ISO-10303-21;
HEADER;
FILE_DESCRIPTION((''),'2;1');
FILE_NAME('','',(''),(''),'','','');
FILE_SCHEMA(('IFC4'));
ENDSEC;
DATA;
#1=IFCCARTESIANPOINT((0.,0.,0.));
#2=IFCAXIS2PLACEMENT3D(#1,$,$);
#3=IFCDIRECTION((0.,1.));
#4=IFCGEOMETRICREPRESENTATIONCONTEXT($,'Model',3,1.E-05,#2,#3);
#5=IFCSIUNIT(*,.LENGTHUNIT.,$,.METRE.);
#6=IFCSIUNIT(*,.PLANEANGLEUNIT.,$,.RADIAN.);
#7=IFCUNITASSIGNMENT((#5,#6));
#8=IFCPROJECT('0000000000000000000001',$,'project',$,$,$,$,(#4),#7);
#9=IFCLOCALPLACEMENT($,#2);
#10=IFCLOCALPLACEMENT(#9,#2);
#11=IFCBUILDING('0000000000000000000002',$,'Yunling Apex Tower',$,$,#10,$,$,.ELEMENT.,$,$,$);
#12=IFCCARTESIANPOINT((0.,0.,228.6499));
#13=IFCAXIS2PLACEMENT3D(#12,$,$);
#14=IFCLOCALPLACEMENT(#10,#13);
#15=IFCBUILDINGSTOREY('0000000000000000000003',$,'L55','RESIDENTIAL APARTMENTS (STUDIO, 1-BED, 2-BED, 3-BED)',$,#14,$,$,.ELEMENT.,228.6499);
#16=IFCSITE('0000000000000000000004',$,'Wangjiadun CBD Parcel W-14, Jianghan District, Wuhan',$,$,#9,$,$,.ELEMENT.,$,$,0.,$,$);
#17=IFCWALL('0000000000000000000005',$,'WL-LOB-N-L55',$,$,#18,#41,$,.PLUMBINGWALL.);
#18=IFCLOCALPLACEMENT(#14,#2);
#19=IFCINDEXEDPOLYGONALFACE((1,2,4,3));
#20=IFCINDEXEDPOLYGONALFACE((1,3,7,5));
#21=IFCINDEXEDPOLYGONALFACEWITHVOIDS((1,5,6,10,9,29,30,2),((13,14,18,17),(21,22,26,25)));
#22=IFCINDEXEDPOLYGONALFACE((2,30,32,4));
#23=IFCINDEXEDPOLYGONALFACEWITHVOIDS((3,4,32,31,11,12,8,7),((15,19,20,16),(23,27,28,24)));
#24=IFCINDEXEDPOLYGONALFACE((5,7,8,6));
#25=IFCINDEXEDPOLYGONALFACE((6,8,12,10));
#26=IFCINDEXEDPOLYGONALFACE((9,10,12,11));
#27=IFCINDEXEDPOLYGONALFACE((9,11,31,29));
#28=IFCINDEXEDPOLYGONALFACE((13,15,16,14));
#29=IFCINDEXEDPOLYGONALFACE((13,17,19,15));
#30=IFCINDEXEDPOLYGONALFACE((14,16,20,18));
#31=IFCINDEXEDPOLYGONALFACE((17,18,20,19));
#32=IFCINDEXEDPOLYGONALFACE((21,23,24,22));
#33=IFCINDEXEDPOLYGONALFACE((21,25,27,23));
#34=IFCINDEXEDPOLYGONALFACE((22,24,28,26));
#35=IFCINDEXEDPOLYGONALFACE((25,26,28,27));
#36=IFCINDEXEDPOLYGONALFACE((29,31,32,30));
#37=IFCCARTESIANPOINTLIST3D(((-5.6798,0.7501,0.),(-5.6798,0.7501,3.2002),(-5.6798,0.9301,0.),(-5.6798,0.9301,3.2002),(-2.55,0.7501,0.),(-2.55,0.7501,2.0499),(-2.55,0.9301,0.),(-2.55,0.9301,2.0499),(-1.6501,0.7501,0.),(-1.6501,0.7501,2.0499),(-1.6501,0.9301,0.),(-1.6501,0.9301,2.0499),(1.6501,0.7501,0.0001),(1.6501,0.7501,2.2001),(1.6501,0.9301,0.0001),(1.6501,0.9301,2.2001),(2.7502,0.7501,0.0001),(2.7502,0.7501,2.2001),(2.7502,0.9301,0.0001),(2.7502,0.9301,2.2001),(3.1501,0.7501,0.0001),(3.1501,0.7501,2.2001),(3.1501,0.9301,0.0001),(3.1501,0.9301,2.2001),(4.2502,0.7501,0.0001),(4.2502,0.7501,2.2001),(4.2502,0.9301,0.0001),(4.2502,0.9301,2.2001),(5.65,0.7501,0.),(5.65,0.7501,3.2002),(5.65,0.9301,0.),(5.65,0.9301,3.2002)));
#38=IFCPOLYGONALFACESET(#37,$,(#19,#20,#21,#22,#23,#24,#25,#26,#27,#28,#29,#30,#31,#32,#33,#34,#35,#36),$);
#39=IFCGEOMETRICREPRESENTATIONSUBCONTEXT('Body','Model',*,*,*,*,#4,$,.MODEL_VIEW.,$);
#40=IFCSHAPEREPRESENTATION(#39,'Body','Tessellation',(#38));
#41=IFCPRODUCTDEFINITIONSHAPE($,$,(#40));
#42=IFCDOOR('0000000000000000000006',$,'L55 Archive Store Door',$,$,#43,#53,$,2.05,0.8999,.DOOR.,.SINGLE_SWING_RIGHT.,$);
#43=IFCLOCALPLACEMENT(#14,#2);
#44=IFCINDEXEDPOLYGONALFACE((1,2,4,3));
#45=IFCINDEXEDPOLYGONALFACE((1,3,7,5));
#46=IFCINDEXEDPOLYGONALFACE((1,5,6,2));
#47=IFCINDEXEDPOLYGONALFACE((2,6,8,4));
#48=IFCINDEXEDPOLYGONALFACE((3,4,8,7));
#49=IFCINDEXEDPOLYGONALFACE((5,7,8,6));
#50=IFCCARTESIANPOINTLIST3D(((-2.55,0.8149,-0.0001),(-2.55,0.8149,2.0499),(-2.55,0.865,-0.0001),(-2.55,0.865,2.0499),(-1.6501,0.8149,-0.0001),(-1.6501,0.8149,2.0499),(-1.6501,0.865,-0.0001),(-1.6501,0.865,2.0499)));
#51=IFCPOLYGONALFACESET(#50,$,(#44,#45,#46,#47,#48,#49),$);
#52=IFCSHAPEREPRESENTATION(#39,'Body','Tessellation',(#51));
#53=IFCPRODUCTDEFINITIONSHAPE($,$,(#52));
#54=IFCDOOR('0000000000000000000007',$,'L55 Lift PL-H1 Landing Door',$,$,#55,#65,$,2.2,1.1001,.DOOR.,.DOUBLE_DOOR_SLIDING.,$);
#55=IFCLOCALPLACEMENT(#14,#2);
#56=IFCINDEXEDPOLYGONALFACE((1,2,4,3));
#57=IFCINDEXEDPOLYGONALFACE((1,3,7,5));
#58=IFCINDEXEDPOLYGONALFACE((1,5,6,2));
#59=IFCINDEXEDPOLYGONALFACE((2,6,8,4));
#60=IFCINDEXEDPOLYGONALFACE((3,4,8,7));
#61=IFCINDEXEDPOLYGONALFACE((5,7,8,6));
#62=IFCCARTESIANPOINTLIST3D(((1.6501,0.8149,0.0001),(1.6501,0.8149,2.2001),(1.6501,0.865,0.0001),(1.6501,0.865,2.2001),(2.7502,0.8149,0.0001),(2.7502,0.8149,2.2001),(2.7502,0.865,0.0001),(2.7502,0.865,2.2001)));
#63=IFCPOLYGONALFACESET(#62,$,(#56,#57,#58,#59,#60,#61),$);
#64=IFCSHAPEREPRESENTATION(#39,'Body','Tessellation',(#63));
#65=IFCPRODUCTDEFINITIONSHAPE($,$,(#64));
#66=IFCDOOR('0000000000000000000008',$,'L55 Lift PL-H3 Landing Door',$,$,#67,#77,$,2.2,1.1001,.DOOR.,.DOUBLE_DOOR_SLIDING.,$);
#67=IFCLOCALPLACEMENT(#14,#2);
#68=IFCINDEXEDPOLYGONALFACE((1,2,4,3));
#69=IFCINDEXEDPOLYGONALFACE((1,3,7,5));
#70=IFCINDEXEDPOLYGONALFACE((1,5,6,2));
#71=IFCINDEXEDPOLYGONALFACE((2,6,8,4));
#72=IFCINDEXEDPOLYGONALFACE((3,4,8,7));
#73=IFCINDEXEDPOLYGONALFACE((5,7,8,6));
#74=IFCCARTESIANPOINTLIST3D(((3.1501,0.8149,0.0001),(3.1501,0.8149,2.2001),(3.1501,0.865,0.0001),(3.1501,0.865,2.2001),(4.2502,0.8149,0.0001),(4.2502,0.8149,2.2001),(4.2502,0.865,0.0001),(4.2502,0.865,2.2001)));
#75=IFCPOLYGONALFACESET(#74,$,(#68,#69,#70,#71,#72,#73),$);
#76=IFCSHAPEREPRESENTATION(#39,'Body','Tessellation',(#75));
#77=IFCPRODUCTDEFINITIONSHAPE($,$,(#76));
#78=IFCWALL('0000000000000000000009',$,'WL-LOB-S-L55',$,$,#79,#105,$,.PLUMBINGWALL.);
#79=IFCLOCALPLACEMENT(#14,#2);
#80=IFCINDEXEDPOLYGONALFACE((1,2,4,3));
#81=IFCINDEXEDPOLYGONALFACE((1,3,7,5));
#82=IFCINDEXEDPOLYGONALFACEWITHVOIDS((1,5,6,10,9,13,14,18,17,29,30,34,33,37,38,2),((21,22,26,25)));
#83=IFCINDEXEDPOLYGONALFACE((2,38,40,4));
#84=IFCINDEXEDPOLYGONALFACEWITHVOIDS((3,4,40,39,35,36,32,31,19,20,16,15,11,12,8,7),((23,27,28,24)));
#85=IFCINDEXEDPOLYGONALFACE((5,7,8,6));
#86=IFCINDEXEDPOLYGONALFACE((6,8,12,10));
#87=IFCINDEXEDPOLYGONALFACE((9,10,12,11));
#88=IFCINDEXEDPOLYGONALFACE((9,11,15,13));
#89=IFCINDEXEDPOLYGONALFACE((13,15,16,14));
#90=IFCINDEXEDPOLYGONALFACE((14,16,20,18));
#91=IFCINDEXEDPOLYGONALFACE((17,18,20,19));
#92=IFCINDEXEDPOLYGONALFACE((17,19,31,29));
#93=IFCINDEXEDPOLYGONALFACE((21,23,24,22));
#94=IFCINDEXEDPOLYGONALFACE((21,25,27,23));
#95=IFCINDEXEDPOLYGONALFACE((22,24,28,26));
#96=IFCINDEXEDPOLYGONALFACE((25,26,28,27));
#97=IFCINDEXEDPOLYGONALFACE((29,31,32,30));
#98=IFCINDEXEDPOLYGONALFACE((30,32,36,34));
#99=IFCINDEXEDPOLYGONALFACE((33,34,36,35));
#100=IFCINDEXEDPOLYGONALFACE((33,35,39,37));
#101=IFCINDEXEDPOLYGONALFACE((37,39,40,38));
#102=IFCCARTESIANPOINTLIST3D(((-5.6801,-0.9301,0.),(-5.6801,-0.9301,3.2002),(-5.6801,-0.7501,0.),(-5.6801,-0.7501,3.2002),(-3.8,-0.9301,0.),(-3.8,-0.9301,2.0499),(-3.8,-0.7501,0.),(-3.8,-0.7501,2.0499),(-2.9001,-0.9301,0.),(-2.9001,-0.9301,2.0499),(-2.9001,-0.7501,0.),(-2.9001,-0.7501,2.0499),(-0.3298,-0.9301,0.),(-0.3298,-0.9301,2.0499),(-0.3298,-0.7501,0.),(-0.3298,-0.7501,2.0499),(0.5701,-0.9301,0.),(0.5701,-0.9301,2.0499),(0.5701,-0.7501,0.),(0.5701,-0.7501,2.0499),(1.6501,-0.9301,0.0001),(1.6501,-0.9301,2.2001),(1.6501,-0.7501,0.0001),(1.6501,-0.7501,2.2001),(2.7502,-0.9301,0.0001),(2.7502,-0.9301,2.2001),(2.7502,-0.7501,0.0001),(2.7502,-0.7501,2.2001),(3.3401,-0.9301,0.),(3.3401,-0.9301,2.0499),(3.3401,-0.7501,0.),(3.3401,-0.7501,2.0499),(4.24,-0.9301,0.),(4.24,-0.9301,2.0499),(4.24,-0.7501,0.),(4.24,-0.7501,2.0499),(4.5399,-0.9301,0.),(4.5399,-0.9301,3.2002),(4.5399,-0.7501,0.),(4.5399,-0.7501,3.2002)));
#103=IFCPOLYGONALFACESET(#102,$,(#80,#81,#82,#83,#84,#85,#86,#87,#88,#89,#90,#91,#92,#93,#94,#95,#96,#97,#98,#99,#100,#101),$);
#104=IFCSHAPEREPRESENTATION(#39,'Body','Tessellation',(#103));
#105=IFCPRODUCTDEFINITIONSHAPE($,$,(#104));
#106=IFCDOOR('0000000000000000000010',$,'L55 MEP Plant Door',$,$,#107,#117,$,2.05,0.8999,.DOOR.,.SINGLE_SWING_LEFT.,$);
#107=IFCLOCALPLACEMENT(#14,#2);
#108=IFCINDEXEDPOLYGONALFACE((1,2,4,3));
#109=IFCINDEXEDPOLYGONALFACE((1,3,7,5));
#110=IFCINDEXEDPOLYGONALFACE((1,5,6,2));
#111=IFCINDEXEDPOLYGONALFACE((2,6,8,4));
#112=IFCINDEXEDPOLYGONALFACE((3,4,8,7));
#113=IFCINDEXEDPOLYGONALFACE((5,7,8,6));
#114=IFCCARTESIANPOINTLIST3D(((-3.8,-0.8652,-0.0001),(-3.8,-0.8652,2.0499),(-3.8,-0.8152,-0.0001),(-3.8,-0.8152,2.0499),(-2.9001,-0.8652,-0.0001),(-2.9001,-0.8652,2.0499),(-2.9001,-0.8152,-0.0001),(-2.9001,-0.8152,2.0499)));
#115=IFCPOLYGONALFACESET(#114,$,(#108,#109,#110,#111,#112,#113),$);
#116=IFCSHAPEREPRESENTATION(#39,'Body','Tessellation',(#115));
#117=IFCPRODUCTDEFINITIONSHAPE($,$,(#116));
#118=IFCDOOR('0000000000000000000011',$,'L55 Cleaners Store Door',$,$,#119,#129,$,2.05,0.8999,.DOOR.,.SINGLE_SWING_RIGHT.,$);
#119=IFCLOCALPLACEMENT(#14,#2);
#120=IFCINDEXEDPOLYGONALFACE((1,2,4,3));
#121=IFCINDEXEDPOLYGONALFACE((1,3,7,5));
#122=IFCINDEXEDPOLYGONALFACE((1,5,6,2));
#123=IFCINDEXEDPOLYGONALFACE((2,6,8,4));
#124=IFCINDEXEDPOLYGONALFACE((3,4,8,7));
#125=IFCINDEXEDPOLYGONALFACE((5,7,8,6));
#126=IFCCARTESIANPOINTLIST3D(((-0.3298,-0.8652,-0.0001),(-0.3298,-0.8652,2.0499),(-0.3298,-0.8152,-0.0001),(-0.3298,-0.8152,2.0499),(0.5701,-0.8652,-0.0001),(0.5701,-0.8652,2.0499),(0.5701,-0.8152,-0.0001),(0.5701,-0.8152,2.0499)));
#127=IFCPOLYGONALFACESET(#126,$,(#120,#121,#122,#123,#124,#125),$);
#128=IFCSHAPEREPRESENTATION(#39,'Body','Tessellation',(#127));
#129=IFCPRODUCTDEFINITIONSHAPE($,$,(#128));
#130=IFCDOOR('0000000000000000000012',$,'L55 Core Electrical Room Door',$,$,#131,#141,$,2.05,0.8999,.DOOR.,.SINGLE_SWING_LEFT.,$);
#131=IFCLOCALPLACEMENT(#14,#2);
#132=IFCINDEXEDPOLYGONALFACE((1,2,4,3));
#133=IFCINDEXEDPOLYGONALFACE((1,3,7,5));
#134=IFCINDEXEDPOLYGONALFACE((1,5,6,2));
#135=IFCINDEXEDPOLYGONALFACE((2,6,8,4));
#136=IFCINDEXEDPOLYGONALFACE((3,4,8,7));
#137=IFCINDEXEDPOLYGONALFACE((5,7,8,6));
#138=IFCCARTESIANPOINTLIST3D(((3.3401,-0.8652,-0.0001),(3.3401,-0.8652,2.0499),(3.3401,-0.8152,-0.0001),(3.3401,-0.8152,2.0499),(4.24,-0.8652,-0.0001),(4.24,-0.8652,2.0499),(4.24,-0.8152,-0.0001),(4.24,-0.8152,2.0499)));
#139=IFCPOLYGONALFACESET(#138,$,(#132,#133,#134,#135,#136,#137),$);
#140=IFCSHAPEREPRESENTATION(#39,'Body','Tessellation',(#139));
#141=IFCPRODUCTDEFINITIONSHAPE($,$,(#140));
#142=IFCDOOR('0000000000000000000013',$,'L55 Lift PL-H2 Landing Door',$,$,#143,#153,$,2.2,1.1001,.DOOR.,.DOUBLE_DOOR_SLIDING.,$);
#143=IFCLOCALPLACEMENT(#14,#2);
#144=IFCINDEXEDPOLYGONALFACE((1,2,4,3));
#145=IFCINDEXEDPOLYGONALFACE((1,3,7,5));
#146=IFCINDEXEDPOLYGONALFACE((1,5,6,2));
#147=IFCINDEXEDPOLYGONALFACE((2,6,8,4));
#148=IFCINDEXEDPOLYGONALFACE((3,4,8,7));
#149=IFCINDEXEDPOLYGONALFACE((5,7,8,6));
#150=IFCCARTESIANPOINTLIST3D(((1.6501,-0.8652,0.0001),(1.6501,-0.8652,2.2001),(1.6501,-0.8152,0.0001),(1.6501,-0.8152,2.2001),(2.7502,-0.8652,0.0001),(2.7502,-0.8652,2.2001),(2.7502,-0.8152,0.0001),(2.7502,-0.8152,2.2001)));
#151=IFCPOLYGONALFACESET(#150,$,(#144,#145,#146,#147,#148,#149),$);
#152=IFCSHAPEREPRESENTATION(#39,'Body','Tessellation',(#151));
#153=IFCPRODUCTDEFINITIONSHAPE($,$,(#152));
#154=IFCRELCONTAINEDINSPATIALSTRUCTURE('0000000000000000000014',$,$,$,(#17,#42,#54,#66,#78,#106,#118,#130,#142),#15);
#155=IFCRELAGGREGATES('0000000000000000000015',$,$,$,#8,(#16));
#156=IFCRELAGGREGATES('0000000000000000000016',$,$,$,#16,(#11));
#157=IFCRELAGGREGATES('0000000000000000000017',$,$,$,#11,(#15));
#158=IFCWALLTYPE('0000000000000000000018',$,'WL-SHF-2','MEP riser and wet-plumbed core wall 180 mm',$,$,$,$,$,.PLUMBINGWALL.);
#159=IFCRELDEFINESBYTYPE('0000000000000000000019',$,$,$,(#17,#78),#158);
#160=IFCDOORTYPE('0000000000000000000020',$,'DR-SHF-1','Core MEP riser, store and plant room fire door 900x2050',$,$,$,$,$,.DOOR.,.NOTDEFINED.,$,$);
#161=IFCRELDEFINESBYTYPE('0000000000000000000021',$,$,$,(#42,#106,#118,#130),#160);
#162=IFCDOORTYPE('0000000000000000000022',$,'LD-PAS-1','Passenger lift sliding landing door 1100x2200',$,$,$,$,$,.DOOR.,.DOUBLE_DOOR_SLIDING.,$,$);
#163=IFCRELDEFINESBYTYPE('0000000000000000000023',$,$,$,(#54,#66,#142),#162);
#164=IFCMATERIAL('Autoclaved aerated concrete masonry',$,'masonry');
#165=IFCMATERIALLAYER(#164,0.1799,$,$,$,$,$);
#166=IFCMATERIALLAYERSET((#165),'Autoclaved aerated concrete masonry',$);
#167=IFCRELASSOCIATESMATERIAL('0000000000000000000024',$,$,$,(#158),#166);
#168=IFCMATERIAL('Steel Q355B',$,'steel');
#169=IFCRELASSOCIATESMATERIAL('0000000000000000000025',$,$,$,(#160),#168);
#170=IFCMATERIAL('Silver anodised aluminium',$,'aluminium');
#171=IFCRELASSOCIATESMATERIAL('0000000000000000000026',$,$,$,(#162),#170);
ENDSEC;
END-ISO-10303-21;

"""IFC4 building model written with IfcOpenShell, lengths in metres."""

from ifc_helpers import new_model, si_unit, direction, frame, frame_2d, origin, place, context, subcontext, project, spatial, rectangle, extrude, material, layer, layer_set, type_object, element, fill, save


model = new_model("IFC4")

# Units and contexts
model_context = context("Model", 3, precision=1e-05, world=origin(), true_north=direction((0.0, 1.0)))
body_context = subcontext(model_context, "Body", "Model", "MODEL_VIEW")
ifc_project = project(units=[si_unit("LENGTHUNIT", "METRE"), si_unit("PLANEANGLEUNIT", "RADIAN")], contexts=[model_context])

# Site, building, storey
site_placement = place(None, origin())
site = spatial("IfcSite", under=ifc_project, at=site_placement, Name="Wangjiadun CBD Parcel W-14, Jianghan District, Wuhan", CompositionType="ELEMENT", RefElevation=0.0)
building_placement = place(site_placement, origin())
building = spatial("IfcBuilding", under=site, at=building_placement, Name="Yunling Apex Tower", CompositionType="ELEMENT")
storey_placement = place(building_placement, frame((0.0, 0.0, 228.6499)))
storey = spatial("IfcBuildingStorey", under=building, at=storey_placement, Name="L55", Description="RESIDENTIAL APARTMENTS (STUDIO, 1-BED, 2-BED, 3-BED)", CompositionType="ELEMENT", Elevation=228.6499)

# Shared definitions
ifc_material_1 = material(Name="Steel Q355B", Category="steel")

# Shared definitions
ifc_material_2 = material(Name="Autoclaved aerated concrete masonry", Category="masonry")

# Walls, openings, doors
ifc_layer_1 = layer(ifc_material_2, 0.1799)
ifc_layer_set_1 = layer_set([ifc_layer_1], Name="Autoclaved aerated concrete masonry")
wall_type_1 = type_object("IfcWallType", Name="WL-SHF-2", Description="MEP riser and wet-plumbed core wall 180 mm", PredefinedType="PLUMBINGWALL", material=ifc_layer_set_1)
wall_1_placement = place(storey_placement, frame((-5.6799, 0.8401, 0.0), z_axis=(0.0, 0.0, 1.0), x_axis=(1.0, 0.0, 0.0)))
wall_1 = element("IfcWall", 1, at=wall_1_placement, inside=storey, type_object=wall_type_1, Name="WL-LOB-N-L55", PredefinedType="PLUMBINGWALL", context=body_context, shape_type="SweptSolid", body=[
    extrude(rectangle(XDim=11.3298, YDim=0.1799, at=frame_2d((5.665, 0.0))), origin(), (0.0, 0.0, 1.0), 3.2002),
])
opening_1_placement = place(wall_1_placement, frame((3.1299, 0.0, 0.0)))
opening_1 = element("IfcOpeningElement", 2, at=opening_1_placement, cuts=wall_1, PredefinedType="OPENING", context=body_context, shape_type="SweptSolid", body=[
    extrude(rectangle(XDim=0.8999, YDim=2.05, at=frame_2d((0.45, 1.0249))), frame((0.0, 0.1001, 0.0), z_axis=(0.0, -1.0, 0.0), x_axis=(1.0, 0.0, 0.0)), (0.0, 0.0, 1.0), 0.2),
])
opening_2_placement = place(wall_1_placement, frame((7.3301, 0.0, 0.0)))
opening_2 = element("IfcOpeningElement", 3, at=opening_2_placement, cuts=wall_1, PredefinedType="OPENING", context=body_context, shape_type="SweptSolid", body=[
    extrude(rectangle(XDim=1.1001, YDim=2.2, at=frame_2d((0.55, 1.1001))), frame((0.0, 0.1001, 0.0), z_axis=(0.0, -1.0, 0.0), x_axis=(1.0, 0.0, 0.0)), (0.0, 0.0, 1.0), 0.2),
])
opening_3_placement = place(wall_1_placement, frame((8.8301, 0.0, 0.0)))
opening_3 = element("IfcOpeningElement", 4, at=opening_3_placement, cuts=wall_1, PredefinedType="OPENING", context=body_context, shape_type="SweptSolid", body=[
    extrude(rectangle(XDim=1.1001, YDim=2.2, at=frame_2d((0.55, 1.1001))), frame((0.0, 0.1001, 0.0), z_axis=(0.0, -1.0, 0.0), x_axis=(1.0, 0.0, 0.0)), (0.0, 0.0, 1.0), 0.2),
])
door_type_1 = type_object("IfcDoorType", Name="DR-SHF-1", Description="Core MEP riser, store and plant room fire door 900x2050", OperationType="NOTDEFINED", PredefinedType="DOOR", material=ifc_material_1)
door_1_placement = place(opening_1_placement, origin())
door_1 = element("IfcDoor", 5, at=door_1_placement, inside=storey, type_object=door_type_1, Name="L55 Archive Store Door", OperationType="SINGLE_SWING_RIGHT", OverallHeight=2.05, OverallWidth=0.8999, PredefinedType="DOOR", context=body_context, shape_type="SweptSolid", body=[
    extrude(rectangle(XDim=0.8999, YDim=2.05, at=frame_2d((0.45, 1.0249))), frame((0.0, 0.0249, 0.0), z_axis=(0.0, -1.0, 0.0), x_axis=(1.0, 0.0, 0.0)), (0.0, 0.0, 1.0), 0.05),
])
fill(opening_1, door_1)
ifc_material_3 = material(Name="Silver anodised aluminium", Category="aluminium")
door_type_2 = type_object("IfcDoorType", Name="LD-PAS-1", Description="Passenger lift sliding landing door 1100x2200", OperationType="DOUBLE_DOOR_SLIDING", PredefinedType="DOOR", material=ifc_material_3)
door_2_placement = place(opening_2_placement, origin())
door_2 = element("IfcDoor", 6, at=door_2_placement, inside=storey, type_object=door_type_2, Name="L55 Lift PL-H1 Landing Door", OperationType="DOUBLE_DOOR_SLIDING", OverallHeight=2.2, OverallWidth=1.1001, PredefinedType="DOOR", context=body_context, shape_type="SweptSolid", body=[
    extrude(rectangle(XDim=1.1001, YDim=2.2, at=frame_2d((0.55, 1.1001))), frame((0.0, 0.0249, 0.0), z_axis=(0.0, -1.0, 0.0), x_axis=(1.0, 0.0, 0.0)), (0.0, 0.0, 1.0), 0.05),
])
fill(opening_2, door_2)
door_3_placement = place(opening_3_placement, origin())
door_3 = element("IfcDoor", 7, at=door_3_placement, inside=storey, type_object=door_type_2, Name="L55 Lift PL-H3 Landing Door", OperationType="DOUBLE_DOOR_SLIDING", OverallHeight=2.2, OverallWidth=1.1001, PredefinedType="DOOR", context=body_context, shape_type="SweptSolid", body=[
    extrude(rectangle(XDim=1.1001, YDim=2.2, at=frame_2d((0.55, 1.1001))), frame((0.0, 0.0249, 0.0), z_axis=(0.0, -1.0, 0.0), x_axis=(1.0, 0.0, 0.0)), (0.0, 0.0, 1.0), 0.05),
])
fill(opening_3, door_3)
wall_2_placement = place(storey_placement, frame((-5.6799, -0.8401, 0.0), z_axis=(0.0, 0.0, 1.0), x_axis=(1.0, 0.0, 0.0)))
wall_2 = element("IfcWall", 8, at=wall_2_placement, inside=storey, type_object=wall_type_1, Name="WL-LOB-S-L55", PredefinedType="PLUMBINGWALL", context=body_context, shape_type="SweptSolid", body=[
    extrude(rectangle(XDim=10.22, YDim=0.1799, at=frame_2d((5.1099, 0.0))), origin(), (0.0, 0.0, 1.0), 3.2002),
])
opening_4_placement = place(wall_2_placement, frame((1.8799, 0.0, 0.0)))
opening_4 = element("IfcOpeningElement", 9, at=opening_4_placement, cuts=wall_2, PredefinedType="OPENING", context=body_context, shape_type="SweptSolid", body=[
    extrude(rectangle(XDim=0.8999, YDim=2.05, at=frame_2d((0.45, 1.0249))), frame((0.0, 0.1001, 0.0), z_axis=(0.0, -1.0, 0.0), x_axis=(1.0, 0.0, 0.0)), (0.0, 0.0, 1.0), 0.2),
])
opening_5_placement = place(wall_2_placement, frame((5.3501, 0.0, 0.0)))
opening_5 = element("IfcOpeningElement", 10, at=opening_5_placement, cuts=wall_2, PredefinedType="OPENING", context=body_context, shape_type="SweptSolid", body=[
    extrude(rectangle(XDim=0.8999, YDim=2.05, at=frame_2d((0.45, 1.0249))), frame((0.0, 0.1001, 0.0), z_axis=(0.0, -1.0, 0.0), x_axis=(1.0, 0.0, 0.0)), (0.0, 0.0, 1.0), 0.2),
])
opening_6_placement = place(wall_2_placement, frame((7.3301, 0.0, 0.0)))
opening_6 = element("IfcOpeningElement", 11, at=opening_6_placement, cuts=wall_2, PredefinedType="OPENING", context=body_context, shape_type="SweptSolid", body=[
    extrude(rectangle(XDim=1.1001, YDim=2.2, at=frame_2d((0.55, 1.1001))), frame((0.0, 0.1001, 0.0), z_axis=(0.0, -1.0, 0.0), x_axis=(1.0, 0.0, 0.0)), (0.0, 0.0, 1.0), 0.2),
])
opening_7_placement = place(wall_2_placement, frame((9.02, 0.0, 0.0)))
opening_7 = element("IfcOpeningElement", 12, at=opening_7_placement, cuts=wall_2, PredefinedType="OPENING", context=body_context, shape_type="SweptSolid", body=[
    extrude(rectangle(XDim=0.8999, YDim=2.05, at=frame_2d((0.45, 1.0249))), frame((0.0, 0.1001, 0.0), z_axis=(0.0, -1.0, 0.0), x_axis=(1.0, 0.0, 0.0)), (0.0, 0.0, 1.0), 0.2),
])
door_4_placement = place(opening_4_placement, origin())
door_4 = element("IfcDoor", 13, at=door_4_placement, inside=storey, type_object=door_type_1, Name="L55 MEP Plant Door", OperationType="SINGLE_SWING_LEFT", OverallHeight=2.05, OverallWidth=0.8999, PredefinedType="DOOR", context=body_context, shape_type="SweptSolid", body=[
    extrude(rectangle(XDim=0.8999, YDim=2.05, at=frame_2d((0.45, 1.0249))), frame((0.0, 0.0249, 0.0), z_axis=(0.0, -1.0, 0.0), x_axis=(1.0, 0.0, 0.0)), (0.0, 0.0, 1.0), 0.05),
])
fill(opening_4, door_4)
door_5_placement = place(opening_5_placement, origin())
door_5 = element("IfcDoor", 14, at=door_5_placement, inside=storey, type_object=door_type_1, Name="L55 Cleaners Store Door", OperationType="SINGLE_SWING_RIGHT", OverallHeight=2.05, OverallWidth=0.8999, PredefinedType="DOOR", context=body_context, shape_type="SweptSolid", body=[
    extrude(rectangle(XDim=0.8999, YDim=2.05, at=frame_2d((0.45, 1.0249))), frame((0.0, 0.0249, 0.0), z_axis=(0.0, -1.0, 0.0), x_axis=(1.0, 0.0, 0.0)), (0.0, 0.0, 1.0), 0.05),
])
fill(opening_5, door_5)
door_6_placement = place(opening_7_placement, origin())
door_6 = element("IfcDoor", 15, at=door_6_placement, inside=storey, type_object=door_type_1, Name="L55 Core Electrical Room Door", OperationType="SINGLE_SWING_LEFT", OverallHeight=2.05, OverallWidth=0.8999, PredefinedType="DOOR", context=body_context, shape_type="SweptSolid", body=[
    extrude(rectangle(XDim=0.8999, YDim=2.05, at=frame_2d((0.45, 1.0249))), frame((0.0, 0.0249, 0.0), z_axis=(0.0, -1.0, 0.0), x_axis=(1.0, 0.0, 0.0)), (0.0, 0.0, 1.0), 0.05),
])
fill(opening_7, door_6)
door_7_placement = place(opening_6_placement, origin())
door_7 = element("IfcDoor", 16, at=door_7_placement, inside=storey, type_object=door_type_2, Name="L55 Lift PL-H2 Landing Door", OperationType="DOUBLE_DOOR_SLIDING", OverallHeight=2.2, OverallWidth=1.1001, PredefinedType="DOOR", context=body_context, shape_type="SweptSolid", body=[
    extrude(rectangle(XDim=1.1001, YDim=2.2, at=frame_2d((0.55, 1.1001))), frame((0.0, 0.0249, 0.0), z_axis=(0.0, -1.0, 0.0), x_axis=(1.0, 0.0, 0.0)), (0.0, 0.0, 1.0), 0.05),
])
fill(opening_6, door_7)

save(model, "model.ifc")
